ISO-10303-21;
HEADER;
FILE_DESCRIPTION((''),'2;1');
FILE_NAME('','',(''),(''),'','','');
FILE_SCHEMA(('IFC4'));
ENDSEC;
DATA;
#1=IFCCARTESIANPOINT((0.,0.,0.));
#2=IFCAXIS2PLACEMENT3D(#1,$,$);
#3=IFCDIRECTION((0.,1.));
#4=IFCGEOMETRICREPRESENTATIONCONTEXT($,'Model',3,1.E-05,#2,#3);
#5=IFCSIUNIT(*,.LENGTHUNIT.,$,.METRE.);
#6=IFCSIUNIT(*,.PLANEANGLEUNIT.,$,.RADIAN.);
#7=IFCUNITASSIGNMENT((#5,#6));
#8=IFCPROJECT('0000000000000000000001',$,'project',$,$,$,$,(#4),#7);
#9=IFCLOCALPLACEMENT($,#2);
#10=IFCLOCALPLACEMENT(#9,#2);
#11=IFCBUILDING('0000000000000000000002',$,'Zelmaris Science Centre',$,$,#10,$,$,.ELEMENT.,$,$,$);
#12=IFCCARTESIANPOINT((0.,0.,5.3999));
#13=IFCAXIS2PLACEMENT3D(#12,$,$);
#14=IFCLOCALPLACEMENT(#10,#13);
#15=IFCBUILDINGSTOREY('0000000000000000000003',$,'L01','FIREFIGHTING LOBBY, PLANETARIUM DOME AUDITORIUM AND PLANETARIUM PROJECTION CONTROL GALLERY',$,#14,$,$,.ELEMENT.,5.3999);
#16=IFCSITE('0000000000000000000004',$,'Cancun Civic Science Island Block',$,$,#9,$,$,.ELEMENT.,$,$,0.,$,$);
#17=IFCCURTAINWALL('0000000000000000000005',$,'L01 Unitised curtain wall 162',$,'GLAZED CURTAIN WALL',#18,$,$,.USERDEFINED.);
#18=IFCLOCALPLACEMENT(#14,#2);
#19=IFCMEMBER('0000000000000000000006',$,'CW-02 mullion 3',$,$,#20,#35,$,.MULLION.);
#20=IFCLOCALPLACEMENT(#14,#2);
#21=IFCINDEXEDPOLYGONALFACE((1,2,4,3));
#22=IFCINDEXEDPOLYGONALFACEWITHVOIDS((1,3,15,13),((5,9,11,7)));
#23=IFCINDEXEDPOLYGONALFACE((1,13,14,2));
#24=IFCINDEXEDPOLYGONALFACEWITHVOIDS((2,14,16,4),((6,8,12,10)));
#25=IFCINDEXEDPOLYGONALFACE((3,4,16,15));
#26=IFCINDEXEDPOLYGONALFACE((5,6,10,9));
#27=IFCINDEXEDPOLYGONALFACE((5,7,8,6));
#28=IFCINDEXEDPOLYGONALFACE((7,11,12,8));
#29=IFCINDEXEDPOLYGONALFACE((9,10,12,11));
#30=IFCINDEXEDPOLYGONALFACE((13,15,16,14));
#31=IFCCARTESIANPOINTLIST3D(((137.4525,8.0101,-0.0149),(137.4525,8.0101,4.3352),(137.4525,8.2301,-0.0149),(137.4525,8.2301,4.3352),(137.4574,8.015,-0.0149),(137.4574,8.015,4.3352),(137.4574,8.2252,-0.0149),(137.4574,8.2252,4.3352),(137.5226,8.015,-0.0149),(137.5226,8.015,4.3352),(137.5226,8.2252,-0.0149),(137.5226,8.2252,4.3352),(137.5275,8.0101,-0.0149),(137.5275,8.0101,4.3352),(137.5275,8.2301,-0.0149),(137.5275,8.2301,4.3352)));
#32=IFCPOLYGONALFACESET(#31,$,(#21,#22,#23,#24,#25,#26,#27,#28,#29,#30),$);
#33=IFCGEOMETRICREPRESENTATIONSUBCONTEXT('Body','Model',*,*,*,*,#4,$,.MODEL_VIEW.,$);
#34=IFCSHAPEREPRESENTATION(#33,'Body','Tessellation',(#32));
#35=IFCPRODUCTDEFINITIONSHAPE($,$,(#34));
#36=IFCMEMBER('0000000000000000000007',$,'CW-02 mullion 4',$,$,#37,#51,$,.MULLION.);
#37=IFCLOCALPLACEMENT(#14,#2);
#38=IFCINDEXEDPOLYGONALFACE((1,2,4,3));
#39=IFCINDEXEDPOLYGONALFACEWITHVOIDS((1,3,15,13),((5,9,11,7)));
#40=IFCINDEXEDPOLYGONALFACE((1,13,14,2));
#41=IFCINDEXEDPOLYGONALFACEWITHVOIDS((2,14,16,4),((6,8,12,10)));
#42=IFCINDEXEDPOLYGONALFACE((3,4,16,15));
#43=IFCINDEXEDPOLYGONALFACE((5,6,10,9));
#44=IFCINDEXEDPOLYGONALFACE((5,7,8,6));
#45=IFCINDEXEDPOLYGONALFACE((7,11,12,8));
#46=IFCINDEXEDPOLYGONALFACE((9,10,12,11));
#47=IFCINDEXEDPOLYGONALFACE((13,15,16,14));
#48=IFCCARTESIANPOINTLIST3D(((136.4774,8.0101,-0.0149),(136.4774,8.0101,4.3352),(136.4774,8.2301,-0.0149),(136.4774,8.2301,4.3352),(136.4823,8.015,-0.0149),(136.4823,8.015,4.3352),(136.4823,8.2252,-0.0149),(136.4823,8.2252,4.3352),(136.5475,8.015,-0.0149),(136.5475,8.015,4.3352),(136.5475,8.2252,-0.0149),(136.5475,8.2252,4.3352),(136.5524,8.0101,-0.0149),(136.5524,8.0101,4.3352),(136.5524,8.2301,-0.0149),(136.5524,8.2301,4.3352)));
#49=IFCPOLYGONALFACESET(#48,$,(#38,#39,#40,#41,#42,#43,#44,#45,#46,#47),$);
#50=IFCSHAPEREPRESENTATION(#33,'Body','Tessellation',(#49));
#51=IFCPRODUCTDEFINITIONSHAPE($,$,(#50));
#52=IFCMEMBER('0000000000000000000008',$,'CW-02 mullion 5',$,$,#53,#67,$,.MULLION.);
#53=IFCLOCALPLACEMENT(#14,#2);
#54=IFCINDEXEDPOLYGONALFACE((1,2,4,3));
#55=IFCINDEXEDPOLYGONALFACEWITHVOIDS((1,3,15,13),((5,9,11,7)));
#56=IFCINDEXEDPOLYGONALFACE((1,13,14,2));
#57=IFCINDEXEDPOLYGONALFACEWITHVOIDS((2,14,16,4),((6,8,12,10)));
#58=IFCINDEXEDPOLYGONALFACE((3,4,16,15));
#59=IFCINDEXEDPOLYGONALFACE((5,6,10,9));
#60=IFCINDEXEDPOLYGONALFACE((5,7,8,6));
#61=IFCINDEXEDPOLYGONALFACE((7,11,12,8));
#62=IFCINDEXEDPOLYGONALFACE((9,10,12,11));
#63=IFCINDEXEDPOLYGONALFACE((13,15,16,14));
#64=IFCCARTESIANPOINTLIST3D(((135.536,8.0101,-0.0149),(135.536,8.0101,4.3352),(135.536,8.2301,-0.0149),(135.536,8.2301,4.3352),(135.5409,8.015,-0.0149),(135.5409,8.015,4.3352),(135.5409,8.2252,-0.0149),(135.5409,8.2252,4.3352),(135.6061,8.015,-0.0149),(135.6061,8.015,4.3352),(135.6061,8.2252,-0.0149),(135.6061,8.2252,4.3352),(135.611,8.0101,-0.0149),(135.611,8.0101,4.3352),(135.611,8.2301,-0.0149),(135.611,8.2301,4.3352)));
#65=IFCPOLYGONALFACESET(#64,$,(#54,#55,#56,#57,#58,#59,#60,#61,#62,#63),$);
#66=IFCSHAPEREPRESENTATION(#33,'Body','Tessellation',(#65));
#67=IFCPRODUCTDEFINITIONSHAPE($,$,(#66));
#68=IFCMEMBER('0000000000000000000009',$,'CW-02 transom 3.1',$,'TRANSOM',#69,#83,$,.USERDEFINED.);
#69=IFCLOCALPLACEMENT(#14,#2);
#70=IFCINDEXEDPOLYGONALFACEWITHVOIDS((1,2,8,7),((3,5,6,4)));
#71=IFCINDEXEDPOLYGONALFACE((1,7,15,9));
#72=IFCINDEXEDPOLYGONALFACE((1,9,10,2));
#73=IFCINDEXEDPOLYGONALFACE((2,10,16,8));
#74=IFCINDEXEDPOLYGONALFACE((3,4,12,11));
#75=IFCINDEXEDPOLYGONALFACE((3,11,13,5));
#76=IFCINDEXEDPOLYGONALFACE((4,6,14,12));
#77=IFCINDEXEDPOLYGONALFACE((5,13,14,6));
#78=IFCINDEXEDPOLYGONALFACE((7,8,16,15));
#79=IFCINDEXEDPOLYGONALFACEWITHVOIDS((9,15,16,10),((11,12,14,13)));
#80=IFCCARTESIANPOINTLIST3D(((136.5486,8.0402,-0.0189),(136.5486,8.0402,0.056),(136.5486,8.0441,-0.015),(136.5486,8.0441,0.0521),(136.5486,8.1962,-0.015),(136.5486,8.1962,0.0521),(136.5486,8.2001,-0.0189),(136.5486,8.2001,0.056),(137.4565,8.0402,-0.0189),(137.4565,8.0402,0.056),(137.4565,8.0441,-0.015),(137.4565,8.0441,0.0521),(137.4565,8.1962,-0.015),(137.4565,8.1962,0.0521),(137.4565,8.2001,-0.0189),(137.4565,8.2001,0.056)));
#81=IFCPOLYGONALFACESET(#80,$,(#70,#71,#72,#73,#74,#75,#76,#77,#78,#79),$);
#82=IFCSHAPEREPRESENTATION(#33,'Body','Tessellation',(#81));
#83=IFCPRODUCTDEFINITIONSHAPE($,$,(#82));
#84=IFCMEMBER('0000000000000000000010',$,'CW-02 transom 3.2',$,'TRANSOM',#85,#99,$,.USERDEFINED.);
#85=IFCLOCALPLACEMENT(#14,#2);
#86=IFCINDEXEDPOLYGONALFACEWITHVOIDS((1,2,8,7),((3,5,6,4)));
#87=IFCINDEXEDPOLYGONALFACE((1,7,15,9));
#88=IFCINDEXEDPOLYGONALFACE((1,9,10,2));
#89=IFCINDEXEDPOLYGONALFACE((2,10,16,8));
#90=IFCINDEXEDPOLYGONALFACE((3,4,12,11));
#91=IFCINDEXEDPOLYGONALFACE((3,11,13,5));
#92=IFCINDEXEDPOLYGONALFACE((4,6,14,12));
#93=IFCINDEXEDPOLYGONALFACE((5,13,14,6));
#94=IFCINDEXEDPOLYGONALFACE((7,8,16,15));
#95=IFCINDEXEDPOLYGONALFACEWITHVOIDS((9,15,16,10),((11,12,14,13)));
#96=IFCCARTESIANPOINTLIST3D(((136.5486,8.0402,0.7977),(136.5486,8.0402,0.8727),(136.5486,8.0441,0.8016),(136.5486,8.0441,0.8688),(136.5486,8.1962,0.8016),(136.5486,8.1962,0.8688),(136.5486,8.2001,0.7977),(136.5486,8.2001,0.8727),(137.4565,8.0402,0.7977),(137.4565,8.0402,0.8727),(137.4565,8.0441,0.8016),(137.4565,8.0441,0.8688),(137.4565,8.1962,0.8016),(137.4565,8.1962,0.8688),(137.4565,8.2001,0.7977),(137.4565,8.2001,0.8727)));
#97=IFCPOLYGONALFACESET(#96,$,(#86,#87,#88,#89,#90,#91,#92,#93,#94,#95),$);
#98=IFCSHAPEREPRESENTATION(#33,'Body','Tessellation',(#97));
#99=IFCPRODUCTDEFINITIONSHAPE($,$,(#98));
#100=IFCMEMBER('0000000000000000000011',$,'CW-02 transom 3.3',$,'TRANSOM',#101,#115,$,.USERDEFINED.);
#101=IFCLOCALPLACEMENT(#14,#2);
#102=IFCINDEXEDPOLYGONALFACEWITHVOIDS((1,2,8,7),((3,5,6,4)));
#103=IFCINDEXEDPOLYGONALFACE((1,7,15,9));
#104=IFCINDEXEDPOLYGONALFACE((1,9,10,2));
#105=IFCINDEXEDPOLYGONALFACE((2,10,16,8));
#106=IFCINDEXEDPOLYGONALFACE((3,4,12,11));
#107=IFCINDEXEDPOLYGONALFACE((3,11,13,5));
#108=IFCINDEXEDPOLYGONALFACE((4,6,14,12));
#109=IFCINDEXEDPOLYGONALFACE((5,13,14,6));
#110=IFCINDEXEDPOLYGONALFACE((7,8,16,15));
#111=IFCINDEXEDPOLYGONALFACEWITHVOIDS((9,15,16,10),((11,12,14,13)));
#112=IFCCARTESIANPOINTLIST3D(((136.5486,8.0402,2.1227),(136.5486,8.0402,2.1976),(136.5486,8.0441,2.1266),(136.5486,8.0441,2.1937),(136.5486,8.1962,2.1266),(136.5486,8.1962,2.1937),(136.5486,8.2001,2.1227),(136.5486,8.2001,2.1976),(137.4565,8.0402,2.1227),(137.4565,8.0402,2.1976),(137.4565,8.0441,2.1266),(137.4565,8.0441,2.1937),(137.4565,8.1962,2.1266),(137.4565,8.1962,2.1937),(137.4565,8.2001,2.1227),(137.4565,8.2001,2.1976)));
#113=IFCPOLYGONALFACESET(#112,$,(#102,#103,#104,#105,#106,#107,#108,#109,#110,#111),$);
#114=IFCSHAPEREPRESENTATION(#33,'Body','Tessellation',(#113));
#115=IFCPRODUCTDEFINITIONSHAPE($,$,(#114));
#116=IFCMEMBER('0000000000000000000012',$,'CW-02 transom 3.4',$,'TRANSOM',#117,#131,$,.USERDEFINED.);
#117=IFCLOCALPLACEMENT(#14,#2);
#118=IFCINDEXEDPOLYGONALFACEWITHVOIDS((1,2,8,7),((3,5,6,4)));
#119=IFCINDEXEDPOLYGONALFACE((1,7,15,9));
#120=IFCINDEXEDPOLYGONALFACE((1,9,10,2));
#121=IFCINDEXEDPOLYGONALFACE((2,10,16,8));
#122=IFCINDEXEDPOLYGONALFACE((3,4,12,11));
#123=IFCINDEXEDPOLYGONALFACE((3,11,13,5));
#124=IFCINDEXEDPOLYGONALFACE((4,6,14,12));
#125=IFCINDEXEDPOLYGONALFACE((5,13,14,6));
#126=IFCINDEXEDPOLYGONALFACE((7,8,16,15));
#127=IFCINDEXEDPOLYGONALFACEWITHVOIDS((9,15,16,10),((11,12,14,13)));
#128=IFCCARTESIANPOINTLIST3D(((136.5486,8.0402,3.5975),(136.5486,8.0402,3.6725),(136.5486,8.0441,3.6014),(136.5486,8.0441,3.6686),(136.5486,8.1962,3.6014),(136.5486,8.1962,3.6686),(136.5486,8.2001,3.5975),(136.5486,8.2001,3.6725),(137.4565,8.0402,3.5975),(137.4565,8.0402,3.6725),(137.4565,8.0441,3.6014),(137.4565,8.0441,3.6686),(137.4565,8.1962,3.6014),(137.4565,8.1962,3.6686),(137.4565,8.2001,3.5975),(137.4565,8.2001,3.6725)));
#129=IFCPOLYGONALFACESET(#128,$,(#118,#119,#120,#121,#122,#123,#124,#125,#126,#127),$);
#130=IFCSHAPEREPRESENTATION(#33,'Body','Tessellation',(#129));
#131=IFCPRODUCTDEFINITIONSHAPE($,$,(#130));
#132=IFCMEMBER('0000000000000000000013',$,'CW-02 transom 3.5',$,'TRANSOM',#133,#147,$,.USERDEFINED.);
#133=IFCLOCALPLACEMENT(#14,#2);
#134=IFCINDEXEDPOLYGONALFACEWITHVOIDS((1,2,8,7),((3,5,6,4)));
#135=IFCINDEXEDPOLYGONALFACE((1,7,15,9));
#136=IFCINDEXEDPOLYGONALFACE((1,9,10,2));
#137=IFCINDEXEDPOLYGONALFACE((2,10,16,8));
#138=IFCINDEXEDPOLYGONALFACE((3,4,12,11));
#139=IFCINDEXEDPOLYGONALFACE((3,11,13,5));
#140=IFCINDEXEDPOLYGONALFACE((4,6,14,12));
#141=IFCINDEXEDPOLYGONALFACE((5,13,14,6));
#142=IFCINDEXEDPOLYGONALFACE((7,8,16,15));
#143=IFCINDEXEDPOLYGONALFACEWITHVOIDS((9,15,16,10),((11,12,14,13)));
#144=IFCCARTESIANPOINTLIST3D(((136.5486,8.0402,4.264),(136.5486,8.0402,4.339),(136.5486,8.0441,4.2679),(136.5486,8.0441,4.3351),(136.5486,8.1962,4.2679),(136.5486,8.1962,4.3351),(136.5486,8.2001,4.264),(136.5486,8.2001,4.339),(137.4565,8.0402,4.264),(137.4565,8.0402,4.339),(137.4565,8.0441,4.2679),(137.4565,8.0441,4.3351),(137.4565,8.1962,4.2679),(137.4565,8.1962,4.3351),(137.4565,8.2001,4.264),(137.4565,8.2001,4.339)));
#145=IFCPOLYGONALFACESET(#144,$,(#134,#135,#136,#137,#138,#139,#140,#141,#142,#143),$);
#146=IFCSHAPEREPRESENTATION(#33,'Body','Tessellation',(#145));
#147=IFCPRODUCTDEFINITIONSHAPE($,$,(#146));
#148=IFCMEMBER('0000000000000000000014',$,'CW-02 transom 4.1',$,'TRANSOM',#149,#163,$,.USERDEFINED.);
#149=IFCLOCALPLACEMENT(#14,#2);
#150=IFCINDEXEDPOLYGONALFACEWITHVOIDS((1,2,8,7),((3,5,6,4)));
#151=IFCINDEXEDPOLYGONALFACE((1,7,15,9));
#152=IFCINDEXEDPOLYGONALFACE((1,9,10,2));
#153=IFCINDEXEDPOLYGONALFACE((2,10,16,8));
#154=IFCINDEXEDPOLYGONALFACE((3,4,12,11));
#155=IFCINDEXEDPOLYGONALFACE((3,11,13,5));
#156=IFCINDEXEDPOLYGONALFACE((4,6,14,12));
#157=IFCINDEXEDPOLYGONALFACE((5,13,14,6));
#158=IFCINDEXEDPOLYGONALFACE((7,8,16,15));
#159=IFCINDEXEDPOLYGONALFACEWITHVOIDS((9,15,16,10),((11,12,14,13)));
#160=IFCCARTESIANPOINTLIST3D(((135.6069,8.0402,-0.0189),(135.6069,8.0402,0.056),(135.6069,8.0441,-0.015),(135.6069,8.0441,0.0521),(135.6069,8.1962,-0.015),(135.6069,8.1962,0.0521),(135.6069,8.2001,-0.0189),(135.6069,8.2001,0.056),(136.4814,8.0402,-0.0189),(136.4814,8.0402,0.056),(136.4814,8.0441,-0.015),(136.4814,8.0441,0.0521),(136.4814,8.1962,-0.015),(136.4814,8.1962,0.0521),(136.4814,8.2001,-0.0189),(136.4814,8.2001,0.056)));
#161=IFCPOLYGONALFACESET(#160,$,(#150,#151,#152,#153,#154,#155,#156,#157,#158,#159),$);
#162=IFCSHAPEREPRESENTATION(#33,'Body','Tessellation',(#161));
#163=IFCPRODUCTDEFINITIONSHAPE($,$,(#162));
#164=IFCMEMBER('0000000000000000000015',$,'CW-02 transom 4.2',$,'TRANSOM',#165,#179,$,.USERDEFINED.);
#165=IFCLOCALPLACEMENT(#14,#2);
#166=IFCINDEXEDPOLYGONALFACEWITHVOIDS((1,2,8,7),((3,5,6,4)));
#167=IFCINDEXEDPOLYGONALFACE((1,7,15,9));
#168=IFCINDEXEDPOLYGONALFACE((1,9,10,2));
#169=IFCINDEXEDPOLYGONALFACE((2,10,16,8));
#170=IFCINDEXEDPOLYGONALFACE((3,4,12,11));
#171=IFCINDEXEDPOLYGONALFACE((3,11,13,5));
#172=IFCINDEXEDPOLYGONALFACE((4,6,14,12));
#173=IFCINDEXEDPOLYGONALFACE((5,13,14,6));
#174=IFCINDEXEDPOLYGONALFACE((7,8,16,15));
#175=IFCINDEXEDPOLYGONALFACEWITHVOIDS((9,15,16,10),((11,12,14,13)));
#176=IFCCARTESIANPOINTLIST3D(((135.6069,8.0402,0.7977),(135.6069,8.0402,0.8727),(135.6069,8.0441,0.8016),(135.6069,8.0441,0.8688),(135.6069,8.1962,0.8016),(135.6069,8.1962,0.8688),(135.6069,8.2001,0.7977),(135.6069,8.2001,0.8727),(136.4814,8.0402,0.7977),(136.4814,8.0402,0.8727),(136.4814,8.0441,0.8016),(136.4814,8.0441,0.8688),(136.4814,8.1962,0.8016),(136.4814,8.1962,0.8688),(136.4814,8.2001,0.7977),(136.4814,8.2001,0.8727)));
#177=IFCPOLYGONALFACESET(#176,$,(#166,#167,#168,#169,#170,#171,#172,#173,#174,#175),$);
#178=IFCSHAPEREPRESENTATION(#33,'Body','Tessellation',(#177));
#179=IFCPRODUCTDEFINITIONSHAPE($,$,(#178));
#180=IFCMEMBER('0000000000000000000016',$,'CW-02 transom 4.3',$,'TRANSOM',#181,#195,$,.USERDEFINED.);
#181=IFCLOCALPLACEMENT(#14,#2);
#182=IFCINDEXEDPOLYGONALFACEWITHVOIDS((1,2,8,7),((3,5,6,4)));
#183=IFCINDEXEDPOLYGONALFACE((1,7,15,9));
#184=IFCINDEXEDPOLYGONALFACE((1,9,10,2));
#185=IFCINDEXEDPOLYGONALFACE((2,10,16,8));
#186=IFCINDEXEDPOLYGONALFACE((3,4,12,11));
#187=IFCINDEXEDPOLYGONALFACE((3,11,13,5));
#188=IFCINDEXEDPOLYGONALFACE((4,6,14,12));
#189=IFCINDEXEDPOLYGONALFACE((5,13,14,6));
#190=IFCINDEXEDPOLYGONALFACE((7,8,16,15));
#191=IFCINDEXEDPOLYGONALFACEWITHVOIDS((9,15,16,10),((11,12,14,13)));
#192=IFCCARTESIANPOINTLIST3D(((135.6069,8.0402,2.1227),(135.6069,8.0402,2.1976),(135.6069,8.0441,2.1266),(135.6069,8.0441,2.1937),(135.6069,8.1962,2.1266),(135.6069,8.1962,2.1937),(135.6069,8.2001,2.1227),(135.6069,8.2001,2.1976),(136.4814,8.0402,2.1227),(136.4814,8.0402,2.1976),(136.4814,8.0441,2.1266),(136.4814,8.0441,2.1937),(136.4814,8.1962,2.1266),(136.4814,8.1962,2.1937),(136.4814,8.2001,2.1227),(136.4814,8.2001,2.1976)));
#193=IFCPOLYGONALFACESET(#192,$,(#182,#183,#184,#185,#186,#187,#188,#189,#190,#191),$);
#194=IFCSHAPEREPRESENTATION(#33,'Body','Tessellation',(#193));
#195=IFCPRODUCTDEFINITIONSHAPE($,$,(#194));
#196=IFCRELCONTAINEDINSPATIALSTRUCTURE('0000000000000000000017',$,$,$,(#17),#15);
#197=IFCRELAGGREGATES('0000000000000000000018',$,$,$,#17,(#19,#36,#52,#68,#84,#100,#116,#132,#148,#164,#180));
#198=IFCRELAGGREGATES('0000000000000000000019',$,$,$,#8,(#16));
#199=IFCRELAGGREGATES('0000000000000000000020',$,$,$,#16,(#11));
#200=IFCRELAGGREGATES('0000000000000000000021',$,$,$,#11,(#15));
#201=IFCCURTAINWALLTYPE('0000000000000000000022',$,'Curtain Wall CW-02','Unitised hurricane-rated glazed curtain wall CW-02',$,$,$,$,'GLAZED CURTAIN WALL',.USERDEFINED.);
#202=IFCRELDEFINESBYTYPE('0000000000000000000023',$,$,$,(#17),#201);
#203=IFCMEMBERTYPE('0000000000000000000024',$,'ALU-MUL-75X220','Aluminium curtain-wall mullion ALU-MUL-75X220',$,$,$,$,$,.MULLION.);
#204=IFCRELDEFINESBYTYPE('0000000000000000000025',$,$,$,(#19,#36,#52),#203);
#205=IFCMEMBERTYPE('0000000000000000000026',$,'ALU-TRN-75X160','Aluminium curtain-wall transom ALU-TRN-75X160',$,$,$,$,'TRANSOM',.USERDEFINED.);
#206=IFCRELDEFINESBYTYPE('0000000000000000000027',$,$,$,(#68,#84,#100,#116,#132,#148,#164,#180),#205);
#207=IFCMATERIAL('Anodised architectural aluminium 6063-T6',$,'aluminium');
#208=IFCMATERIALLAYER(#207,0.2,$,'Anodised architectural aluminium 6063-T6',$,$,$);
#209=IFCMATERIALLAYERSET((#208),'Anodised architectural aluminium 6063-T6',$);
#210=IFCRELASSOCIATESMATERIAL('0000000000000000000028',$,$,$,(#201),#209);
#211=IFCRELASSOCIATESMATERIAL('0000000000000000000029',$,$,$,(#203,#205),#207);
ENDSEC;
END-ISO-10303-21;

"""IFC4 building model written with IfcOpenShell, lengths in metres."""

from ifc_helpers import new_model, si_unit, direction, frame, origin, origin_2d, place, context, subcontext, project, spatial, hollow_rectangle, extrude, material, layer, layer_set, material_profile, profile_set, type_object, element, aggregate, save


model = new_model("IFC4")

# Units and contexts
model_context = context("Model", 3, precision=1e-05, world=origin(), true_north=direction((0.0, 1.0)))
body_context = subcontext(model_context, "Body", "Model", "MODEL_VIEW")
ifc_project = project(units=[si_unit("LENGTHUNIT", "METRE"), si_unit("PLANEANGLEUNIT", "RADIAN")], contexts=[model_context])

# Site, building, storey
site_placement = place(None, origin())
site = spatial("IfcSite", under=ifc_project, at=site_placement, Name="Cancun Civic Science Island Block", CompositionType="ELEMENT", RefElevation=0.0)
building_placement = place(site_placement, origin())
building = spatial("IfcBuilding", under=site, at=building_placement, Name="Zelmaris Science Centre", CompositionType="ELEMENT")
storey_placement = place(building_placement, frame((0.0, 0.0, 5.3999)))
storey = spatial("IfcBuildingStorey", under=building, at=storey_placement, Name="L01", Description="FIREFIGHTING LOBBY, PLANETARIUM DOME AUDITORIUM AND PLANETARIUM PROJECTION CONTROL GALLERY", CompositionType="ELEMENT", Elevation=5.3999)

# Curtain wall, members
ifc_material_1 = material(Name="Anodised architectural aluminium 6063-T6", Category="aluminium")
ifc_layer_1 = layer(ifc_material_1, 0.2, Name="Anodised architectural aluminium 6063-T6")
ifc_layer_set_1 = layer_set([ifc_layer_1], Name="Anodised architectural aluminium 6063-T6")
curtain_wall_type = type_object("IfcCurtainWallType", Name="Curtain Wall CW-02", Description="Unitised hurricane-rated glazed curtain wall CW-02", ElementType="GLAZED CURTAIN WALL", PredefinedType="USERDEFINED", material=ifc_layer_set_1)
curtain_wall_placement = place(storey_placement, origin())
curtain_wall = element("IfcCurtainWall", 1, at=curtain_wall_placement, inside=storey, type_object=curtain_wall_type, Name="L01 Unitised curtain wall 162", ObjectType="GLAZED CURTAIN WALL", PredefinedType="USERDEFINED")
ifc_material_profile_1 = material_profile(ifc_material_1, hollow_rectangle(XDim=0.075, YDim=0.22, WallThickness=0.0049, at=origin_2d()), Name="ALU-MUL-75X220")
ifc_profile_set_1 = profile_set([ifc_material_profile_1], Name="Anodised architectural aluminium 6063-T6")
member_type_1 = type_object("IfcMemberType", Name="ALU-MUL-75X220", Description="Aluminium curtain-wall mullion ALU-MUL-75X220", PredefinedType="MULLION", material=ifc_profile_set_1)
member_1_placement = place(storey_placement, frame((137.49, 8.1201, -0.0149), z_axis=(0.0, 0.0, 1.0), x_axis=(-1.0, 0.0, 0.0)))
member_1 = element("IfcMember", 2, at=member_1_placement, type_object=member_type_1, Name="CW-02 mullion 3", PredefinedType="MULLION", context=body_context, shape_type="SweptSolid", body=[
    extrude(hollow_rectangle(XDim=0.075, YDim=0.22, WallThickness=0.0049, at=origin_2d()), origin(), (0.0, 0.0, 1.0), 4.3501),
])
member_2_placement = place(storey_placement, frame((136.5149, 8.1201, -0.0149), z_axis=(0.0, 0.0, 1.0), x_axis=(-1.0, 0.0, 0.0)))
member_2 = element("IfcMember", 3, at=member_2_placement, type_object=member_type_1, Name="CW-02 mullion 4", PredefinedType="MULLION", context=body_context, shape_type="SweptSolid", body=[
    extrude(hollow_rectangle(XDim=0.075, YDim=0.22, WallThickness=0.0049, at=origin_2d()), origin(), (0.0, 0.0, 1.0), 4.3501),
])
member_3_placement = place(storey_placement, frame((135.5735, 8.1201, -0.0149), z_axis=(0.0, 0.0, 1.0), x_axis=(-1.0, 0.0, 0.0)))
member_3 = element("IfcMember", 4, at=member_3_placement, type_object=member_type_1, Name="CW-02 mullion 5", PredefinedType="MULLION", context=body_context, shape_type="SweptSolid", body=[
    extrude(hollow_rectangle(XDim=0.075, YDim=0.22, WallThickness=0.0049, at=origin_2d()), origin(), (0.0, 0.0, 1.0), 4.3501),
])
ifc_material_profile_2 = material_profile(ifc_material_1, hollow_rectangle(XDim=0.075, YDim=0.1599, WallThickness=0.0039, at=origin_2d()), Name="ALU-TRN-75X160")
ifc_profile_set_2 = profile_set([ifc_material_profile_2], Name="Anodised architectural aluminium 6063-T6")
member_type_2 = type_object("IfcMemberType", Name="ALU-TRN-75X160", Description="Aluminium curtain-wall transom ALU-TRN-75X160", ElementType="TRANSOM", PredefinedType="USERDEFINED", material=ifc_profile_set_2)
member_4_placement = place(storey_placement, frame((137.4565, 8.1201, 0.0186), z_axis=(-1.0, 0.0, 0.0), x_axis=(0.0, 0.0, 1.0)))
member_4 = element("IfcMember", 5, at=member_4_placement, type_object=member_type_2, Name="CW-02 transom 3.1", ObjectType="TRANSOM", PredefinedType="USERDEFINED", context=body_context, shape_type="SweptSolid", body=[
    extrude(hollow_rectangle(XDim=0.075, YDim=0.1599, WallThickness=0.0039, at=origin_2d()), origin(), (0.0, 0.0, 1.0), 0.908),
])
member_5_placement = place(storey_placement, frame((137.4565, 8.1201, 0.8352), z_axis=(-1.0, 0.0, 0.0), x_axis=(0.0, 0.0, 1.0)))
member_5 = element("IfcMember", 6, at=member_5_placement, type_object=member_type_2, Name="CW-02 transom 3.2", ObjectType="TRANSOM", PredefinedType="USERDEFINED", context=body_context, shape_type="SweptSolid", body=[
    extrude(hollow_rectangle(XDim=0.075, YDim=0.1599, WallThickness=0.0039, at=origin_2d()), origin(), (0.0, 0.0, 1.0), 0.908),
])
member_6_placement = place(storey_placement, frame((137.4565, 8.1201, 2.1602), z_axis=(-1.0, 0.0, 0.0), x_axis=(0.0, 0.0, 1.0)))
member_6 = element("IfcMember", 7, at=member_6_placement, type_object=member_type_2, Name="CW-02 transom 3.3", ObjectType="TRANSOM", PredefinedType="USERDEFINED", context=body_context, shape_type="SweptSolid", body=[
    extrude(hollow_rectangle(XDim=0.075, YDim=0.1599, WallThickness=0.0039, at=origin_2d()), origin(), (0.0, 0.0, 1.0), 0.908),
])
member_7_placement = place(storey_placement, frame((137.4565, 8.1201, 3.635), z_axis=(-1.0, 0.0, 0.0), x_axis=(0.0, 0.0, 1.0)))
member_7 = element("IfcMember", 8, at=member_7_placement, type_object=member_type_2, Name="CW-02 transom 3.4", ObjectType="TRANSOM", PredefinedType="USERDEFINED", context=body_context, shape_type="SweptSolid", body=[
    extrude(hollow_rectangle(XDim=0.075, YDim=0.1599, WallThickness=0.0039, at=origin_2d()), origin(), (0.0, 0.0, 1.0), 0.908),
])
member_8_placement = place(storey_placement, frame((137.4565, 8.1201, 4.3015), z_axis=(-1.0, 0.0, 0.0), x_axis=(0.0, 0.0, 1.0)))
member_8 = element("IfcMember", 9, at=member_8_placement, type_object=member_type_2, Name="CW-02 transom 3.5", ObjectType="TRANSOM", PredefinedType="USERDEFINED", context=body_context, shape_type="SweptSolid", body=[
    extrude(hollow_rectangle(XDim=0.075, YDim=0.1599, WallThickness=0.0039, at=origin_2d()), origin(), (0.0, 0.0, 1.0), 0.908),
])
member_9_placement = place(storey_placement, frame((136.4814, 8.1201, 0.0186), z_axis=(-1.0, 0.0, 0.0), x_axis=(0.0, 0.0, 1.0)))
member_9 = element("IfcMember", 10, at=member_9_placement, type_object=member_type_2, Name="CW-02 transom 4.1", ObjectType="TRANSOM", PredefinedType="USERDEFINED", context=body_context, shape_type="SweptSolid", body=[
    extrude(hollow_rectangle(XDim=0.075, YDim=0.1599, WallThickness=0.0039, at=origin_2d()), origin(), (0.0, 0.0, 1.0), 0.8745),
])
member_10_placement = place(storey_placement, frame((136.4814, 8.1201, 0.8352), z_axis=(-1.0, 0.0, 0.0), x_axis=(0.0, 0.0, 1.0)))
member_10 = element("IfcMember", 11, at=member_10_placement, type_object=member_type_2, Name="CW-02 transom 4.2", ObjectType="TRANSOM", PredefinedType="USERDEFINED", context=body_context, shape_type="SweptSolid", body=[
    extrude(hollow_rectangle(XDim=0.075, YDim=0.1599, WallThickness=0.0039, at=origin_2d()), origin(), (0.0, 0.0, 1.0), 0.8745),
])
member_11_placement = place(storey_placement, frame((136.4814, 8.1201, 2.1602), z_axis=(-1.0, 0.0, 0.0), x_axis=(0.0, 0.0, 1.0)))
member_11 = element("IfcMember", 12, at=member_11_placement, type_object=member_type_2, Name="CW-02 transom 4.3", ObjectType="TRANSOM", PredefinedType="USERDEFINED", context=body_context, shape_type="SweptSolid", body=[
    extrude(hollow_rectangle(XDim=0.075, YDim=0.1599, WallThickness=0.0039, at=origin_2d()), origin(), (0.0, 0.0, 1.0), 0.8745),
])
aggregate(curtain_wall, [member_1, member_2, member_3, member_4, member_5, member_6, member_7, member_8, member_9, member_10, member_11])

save(model, "model.ifc")
